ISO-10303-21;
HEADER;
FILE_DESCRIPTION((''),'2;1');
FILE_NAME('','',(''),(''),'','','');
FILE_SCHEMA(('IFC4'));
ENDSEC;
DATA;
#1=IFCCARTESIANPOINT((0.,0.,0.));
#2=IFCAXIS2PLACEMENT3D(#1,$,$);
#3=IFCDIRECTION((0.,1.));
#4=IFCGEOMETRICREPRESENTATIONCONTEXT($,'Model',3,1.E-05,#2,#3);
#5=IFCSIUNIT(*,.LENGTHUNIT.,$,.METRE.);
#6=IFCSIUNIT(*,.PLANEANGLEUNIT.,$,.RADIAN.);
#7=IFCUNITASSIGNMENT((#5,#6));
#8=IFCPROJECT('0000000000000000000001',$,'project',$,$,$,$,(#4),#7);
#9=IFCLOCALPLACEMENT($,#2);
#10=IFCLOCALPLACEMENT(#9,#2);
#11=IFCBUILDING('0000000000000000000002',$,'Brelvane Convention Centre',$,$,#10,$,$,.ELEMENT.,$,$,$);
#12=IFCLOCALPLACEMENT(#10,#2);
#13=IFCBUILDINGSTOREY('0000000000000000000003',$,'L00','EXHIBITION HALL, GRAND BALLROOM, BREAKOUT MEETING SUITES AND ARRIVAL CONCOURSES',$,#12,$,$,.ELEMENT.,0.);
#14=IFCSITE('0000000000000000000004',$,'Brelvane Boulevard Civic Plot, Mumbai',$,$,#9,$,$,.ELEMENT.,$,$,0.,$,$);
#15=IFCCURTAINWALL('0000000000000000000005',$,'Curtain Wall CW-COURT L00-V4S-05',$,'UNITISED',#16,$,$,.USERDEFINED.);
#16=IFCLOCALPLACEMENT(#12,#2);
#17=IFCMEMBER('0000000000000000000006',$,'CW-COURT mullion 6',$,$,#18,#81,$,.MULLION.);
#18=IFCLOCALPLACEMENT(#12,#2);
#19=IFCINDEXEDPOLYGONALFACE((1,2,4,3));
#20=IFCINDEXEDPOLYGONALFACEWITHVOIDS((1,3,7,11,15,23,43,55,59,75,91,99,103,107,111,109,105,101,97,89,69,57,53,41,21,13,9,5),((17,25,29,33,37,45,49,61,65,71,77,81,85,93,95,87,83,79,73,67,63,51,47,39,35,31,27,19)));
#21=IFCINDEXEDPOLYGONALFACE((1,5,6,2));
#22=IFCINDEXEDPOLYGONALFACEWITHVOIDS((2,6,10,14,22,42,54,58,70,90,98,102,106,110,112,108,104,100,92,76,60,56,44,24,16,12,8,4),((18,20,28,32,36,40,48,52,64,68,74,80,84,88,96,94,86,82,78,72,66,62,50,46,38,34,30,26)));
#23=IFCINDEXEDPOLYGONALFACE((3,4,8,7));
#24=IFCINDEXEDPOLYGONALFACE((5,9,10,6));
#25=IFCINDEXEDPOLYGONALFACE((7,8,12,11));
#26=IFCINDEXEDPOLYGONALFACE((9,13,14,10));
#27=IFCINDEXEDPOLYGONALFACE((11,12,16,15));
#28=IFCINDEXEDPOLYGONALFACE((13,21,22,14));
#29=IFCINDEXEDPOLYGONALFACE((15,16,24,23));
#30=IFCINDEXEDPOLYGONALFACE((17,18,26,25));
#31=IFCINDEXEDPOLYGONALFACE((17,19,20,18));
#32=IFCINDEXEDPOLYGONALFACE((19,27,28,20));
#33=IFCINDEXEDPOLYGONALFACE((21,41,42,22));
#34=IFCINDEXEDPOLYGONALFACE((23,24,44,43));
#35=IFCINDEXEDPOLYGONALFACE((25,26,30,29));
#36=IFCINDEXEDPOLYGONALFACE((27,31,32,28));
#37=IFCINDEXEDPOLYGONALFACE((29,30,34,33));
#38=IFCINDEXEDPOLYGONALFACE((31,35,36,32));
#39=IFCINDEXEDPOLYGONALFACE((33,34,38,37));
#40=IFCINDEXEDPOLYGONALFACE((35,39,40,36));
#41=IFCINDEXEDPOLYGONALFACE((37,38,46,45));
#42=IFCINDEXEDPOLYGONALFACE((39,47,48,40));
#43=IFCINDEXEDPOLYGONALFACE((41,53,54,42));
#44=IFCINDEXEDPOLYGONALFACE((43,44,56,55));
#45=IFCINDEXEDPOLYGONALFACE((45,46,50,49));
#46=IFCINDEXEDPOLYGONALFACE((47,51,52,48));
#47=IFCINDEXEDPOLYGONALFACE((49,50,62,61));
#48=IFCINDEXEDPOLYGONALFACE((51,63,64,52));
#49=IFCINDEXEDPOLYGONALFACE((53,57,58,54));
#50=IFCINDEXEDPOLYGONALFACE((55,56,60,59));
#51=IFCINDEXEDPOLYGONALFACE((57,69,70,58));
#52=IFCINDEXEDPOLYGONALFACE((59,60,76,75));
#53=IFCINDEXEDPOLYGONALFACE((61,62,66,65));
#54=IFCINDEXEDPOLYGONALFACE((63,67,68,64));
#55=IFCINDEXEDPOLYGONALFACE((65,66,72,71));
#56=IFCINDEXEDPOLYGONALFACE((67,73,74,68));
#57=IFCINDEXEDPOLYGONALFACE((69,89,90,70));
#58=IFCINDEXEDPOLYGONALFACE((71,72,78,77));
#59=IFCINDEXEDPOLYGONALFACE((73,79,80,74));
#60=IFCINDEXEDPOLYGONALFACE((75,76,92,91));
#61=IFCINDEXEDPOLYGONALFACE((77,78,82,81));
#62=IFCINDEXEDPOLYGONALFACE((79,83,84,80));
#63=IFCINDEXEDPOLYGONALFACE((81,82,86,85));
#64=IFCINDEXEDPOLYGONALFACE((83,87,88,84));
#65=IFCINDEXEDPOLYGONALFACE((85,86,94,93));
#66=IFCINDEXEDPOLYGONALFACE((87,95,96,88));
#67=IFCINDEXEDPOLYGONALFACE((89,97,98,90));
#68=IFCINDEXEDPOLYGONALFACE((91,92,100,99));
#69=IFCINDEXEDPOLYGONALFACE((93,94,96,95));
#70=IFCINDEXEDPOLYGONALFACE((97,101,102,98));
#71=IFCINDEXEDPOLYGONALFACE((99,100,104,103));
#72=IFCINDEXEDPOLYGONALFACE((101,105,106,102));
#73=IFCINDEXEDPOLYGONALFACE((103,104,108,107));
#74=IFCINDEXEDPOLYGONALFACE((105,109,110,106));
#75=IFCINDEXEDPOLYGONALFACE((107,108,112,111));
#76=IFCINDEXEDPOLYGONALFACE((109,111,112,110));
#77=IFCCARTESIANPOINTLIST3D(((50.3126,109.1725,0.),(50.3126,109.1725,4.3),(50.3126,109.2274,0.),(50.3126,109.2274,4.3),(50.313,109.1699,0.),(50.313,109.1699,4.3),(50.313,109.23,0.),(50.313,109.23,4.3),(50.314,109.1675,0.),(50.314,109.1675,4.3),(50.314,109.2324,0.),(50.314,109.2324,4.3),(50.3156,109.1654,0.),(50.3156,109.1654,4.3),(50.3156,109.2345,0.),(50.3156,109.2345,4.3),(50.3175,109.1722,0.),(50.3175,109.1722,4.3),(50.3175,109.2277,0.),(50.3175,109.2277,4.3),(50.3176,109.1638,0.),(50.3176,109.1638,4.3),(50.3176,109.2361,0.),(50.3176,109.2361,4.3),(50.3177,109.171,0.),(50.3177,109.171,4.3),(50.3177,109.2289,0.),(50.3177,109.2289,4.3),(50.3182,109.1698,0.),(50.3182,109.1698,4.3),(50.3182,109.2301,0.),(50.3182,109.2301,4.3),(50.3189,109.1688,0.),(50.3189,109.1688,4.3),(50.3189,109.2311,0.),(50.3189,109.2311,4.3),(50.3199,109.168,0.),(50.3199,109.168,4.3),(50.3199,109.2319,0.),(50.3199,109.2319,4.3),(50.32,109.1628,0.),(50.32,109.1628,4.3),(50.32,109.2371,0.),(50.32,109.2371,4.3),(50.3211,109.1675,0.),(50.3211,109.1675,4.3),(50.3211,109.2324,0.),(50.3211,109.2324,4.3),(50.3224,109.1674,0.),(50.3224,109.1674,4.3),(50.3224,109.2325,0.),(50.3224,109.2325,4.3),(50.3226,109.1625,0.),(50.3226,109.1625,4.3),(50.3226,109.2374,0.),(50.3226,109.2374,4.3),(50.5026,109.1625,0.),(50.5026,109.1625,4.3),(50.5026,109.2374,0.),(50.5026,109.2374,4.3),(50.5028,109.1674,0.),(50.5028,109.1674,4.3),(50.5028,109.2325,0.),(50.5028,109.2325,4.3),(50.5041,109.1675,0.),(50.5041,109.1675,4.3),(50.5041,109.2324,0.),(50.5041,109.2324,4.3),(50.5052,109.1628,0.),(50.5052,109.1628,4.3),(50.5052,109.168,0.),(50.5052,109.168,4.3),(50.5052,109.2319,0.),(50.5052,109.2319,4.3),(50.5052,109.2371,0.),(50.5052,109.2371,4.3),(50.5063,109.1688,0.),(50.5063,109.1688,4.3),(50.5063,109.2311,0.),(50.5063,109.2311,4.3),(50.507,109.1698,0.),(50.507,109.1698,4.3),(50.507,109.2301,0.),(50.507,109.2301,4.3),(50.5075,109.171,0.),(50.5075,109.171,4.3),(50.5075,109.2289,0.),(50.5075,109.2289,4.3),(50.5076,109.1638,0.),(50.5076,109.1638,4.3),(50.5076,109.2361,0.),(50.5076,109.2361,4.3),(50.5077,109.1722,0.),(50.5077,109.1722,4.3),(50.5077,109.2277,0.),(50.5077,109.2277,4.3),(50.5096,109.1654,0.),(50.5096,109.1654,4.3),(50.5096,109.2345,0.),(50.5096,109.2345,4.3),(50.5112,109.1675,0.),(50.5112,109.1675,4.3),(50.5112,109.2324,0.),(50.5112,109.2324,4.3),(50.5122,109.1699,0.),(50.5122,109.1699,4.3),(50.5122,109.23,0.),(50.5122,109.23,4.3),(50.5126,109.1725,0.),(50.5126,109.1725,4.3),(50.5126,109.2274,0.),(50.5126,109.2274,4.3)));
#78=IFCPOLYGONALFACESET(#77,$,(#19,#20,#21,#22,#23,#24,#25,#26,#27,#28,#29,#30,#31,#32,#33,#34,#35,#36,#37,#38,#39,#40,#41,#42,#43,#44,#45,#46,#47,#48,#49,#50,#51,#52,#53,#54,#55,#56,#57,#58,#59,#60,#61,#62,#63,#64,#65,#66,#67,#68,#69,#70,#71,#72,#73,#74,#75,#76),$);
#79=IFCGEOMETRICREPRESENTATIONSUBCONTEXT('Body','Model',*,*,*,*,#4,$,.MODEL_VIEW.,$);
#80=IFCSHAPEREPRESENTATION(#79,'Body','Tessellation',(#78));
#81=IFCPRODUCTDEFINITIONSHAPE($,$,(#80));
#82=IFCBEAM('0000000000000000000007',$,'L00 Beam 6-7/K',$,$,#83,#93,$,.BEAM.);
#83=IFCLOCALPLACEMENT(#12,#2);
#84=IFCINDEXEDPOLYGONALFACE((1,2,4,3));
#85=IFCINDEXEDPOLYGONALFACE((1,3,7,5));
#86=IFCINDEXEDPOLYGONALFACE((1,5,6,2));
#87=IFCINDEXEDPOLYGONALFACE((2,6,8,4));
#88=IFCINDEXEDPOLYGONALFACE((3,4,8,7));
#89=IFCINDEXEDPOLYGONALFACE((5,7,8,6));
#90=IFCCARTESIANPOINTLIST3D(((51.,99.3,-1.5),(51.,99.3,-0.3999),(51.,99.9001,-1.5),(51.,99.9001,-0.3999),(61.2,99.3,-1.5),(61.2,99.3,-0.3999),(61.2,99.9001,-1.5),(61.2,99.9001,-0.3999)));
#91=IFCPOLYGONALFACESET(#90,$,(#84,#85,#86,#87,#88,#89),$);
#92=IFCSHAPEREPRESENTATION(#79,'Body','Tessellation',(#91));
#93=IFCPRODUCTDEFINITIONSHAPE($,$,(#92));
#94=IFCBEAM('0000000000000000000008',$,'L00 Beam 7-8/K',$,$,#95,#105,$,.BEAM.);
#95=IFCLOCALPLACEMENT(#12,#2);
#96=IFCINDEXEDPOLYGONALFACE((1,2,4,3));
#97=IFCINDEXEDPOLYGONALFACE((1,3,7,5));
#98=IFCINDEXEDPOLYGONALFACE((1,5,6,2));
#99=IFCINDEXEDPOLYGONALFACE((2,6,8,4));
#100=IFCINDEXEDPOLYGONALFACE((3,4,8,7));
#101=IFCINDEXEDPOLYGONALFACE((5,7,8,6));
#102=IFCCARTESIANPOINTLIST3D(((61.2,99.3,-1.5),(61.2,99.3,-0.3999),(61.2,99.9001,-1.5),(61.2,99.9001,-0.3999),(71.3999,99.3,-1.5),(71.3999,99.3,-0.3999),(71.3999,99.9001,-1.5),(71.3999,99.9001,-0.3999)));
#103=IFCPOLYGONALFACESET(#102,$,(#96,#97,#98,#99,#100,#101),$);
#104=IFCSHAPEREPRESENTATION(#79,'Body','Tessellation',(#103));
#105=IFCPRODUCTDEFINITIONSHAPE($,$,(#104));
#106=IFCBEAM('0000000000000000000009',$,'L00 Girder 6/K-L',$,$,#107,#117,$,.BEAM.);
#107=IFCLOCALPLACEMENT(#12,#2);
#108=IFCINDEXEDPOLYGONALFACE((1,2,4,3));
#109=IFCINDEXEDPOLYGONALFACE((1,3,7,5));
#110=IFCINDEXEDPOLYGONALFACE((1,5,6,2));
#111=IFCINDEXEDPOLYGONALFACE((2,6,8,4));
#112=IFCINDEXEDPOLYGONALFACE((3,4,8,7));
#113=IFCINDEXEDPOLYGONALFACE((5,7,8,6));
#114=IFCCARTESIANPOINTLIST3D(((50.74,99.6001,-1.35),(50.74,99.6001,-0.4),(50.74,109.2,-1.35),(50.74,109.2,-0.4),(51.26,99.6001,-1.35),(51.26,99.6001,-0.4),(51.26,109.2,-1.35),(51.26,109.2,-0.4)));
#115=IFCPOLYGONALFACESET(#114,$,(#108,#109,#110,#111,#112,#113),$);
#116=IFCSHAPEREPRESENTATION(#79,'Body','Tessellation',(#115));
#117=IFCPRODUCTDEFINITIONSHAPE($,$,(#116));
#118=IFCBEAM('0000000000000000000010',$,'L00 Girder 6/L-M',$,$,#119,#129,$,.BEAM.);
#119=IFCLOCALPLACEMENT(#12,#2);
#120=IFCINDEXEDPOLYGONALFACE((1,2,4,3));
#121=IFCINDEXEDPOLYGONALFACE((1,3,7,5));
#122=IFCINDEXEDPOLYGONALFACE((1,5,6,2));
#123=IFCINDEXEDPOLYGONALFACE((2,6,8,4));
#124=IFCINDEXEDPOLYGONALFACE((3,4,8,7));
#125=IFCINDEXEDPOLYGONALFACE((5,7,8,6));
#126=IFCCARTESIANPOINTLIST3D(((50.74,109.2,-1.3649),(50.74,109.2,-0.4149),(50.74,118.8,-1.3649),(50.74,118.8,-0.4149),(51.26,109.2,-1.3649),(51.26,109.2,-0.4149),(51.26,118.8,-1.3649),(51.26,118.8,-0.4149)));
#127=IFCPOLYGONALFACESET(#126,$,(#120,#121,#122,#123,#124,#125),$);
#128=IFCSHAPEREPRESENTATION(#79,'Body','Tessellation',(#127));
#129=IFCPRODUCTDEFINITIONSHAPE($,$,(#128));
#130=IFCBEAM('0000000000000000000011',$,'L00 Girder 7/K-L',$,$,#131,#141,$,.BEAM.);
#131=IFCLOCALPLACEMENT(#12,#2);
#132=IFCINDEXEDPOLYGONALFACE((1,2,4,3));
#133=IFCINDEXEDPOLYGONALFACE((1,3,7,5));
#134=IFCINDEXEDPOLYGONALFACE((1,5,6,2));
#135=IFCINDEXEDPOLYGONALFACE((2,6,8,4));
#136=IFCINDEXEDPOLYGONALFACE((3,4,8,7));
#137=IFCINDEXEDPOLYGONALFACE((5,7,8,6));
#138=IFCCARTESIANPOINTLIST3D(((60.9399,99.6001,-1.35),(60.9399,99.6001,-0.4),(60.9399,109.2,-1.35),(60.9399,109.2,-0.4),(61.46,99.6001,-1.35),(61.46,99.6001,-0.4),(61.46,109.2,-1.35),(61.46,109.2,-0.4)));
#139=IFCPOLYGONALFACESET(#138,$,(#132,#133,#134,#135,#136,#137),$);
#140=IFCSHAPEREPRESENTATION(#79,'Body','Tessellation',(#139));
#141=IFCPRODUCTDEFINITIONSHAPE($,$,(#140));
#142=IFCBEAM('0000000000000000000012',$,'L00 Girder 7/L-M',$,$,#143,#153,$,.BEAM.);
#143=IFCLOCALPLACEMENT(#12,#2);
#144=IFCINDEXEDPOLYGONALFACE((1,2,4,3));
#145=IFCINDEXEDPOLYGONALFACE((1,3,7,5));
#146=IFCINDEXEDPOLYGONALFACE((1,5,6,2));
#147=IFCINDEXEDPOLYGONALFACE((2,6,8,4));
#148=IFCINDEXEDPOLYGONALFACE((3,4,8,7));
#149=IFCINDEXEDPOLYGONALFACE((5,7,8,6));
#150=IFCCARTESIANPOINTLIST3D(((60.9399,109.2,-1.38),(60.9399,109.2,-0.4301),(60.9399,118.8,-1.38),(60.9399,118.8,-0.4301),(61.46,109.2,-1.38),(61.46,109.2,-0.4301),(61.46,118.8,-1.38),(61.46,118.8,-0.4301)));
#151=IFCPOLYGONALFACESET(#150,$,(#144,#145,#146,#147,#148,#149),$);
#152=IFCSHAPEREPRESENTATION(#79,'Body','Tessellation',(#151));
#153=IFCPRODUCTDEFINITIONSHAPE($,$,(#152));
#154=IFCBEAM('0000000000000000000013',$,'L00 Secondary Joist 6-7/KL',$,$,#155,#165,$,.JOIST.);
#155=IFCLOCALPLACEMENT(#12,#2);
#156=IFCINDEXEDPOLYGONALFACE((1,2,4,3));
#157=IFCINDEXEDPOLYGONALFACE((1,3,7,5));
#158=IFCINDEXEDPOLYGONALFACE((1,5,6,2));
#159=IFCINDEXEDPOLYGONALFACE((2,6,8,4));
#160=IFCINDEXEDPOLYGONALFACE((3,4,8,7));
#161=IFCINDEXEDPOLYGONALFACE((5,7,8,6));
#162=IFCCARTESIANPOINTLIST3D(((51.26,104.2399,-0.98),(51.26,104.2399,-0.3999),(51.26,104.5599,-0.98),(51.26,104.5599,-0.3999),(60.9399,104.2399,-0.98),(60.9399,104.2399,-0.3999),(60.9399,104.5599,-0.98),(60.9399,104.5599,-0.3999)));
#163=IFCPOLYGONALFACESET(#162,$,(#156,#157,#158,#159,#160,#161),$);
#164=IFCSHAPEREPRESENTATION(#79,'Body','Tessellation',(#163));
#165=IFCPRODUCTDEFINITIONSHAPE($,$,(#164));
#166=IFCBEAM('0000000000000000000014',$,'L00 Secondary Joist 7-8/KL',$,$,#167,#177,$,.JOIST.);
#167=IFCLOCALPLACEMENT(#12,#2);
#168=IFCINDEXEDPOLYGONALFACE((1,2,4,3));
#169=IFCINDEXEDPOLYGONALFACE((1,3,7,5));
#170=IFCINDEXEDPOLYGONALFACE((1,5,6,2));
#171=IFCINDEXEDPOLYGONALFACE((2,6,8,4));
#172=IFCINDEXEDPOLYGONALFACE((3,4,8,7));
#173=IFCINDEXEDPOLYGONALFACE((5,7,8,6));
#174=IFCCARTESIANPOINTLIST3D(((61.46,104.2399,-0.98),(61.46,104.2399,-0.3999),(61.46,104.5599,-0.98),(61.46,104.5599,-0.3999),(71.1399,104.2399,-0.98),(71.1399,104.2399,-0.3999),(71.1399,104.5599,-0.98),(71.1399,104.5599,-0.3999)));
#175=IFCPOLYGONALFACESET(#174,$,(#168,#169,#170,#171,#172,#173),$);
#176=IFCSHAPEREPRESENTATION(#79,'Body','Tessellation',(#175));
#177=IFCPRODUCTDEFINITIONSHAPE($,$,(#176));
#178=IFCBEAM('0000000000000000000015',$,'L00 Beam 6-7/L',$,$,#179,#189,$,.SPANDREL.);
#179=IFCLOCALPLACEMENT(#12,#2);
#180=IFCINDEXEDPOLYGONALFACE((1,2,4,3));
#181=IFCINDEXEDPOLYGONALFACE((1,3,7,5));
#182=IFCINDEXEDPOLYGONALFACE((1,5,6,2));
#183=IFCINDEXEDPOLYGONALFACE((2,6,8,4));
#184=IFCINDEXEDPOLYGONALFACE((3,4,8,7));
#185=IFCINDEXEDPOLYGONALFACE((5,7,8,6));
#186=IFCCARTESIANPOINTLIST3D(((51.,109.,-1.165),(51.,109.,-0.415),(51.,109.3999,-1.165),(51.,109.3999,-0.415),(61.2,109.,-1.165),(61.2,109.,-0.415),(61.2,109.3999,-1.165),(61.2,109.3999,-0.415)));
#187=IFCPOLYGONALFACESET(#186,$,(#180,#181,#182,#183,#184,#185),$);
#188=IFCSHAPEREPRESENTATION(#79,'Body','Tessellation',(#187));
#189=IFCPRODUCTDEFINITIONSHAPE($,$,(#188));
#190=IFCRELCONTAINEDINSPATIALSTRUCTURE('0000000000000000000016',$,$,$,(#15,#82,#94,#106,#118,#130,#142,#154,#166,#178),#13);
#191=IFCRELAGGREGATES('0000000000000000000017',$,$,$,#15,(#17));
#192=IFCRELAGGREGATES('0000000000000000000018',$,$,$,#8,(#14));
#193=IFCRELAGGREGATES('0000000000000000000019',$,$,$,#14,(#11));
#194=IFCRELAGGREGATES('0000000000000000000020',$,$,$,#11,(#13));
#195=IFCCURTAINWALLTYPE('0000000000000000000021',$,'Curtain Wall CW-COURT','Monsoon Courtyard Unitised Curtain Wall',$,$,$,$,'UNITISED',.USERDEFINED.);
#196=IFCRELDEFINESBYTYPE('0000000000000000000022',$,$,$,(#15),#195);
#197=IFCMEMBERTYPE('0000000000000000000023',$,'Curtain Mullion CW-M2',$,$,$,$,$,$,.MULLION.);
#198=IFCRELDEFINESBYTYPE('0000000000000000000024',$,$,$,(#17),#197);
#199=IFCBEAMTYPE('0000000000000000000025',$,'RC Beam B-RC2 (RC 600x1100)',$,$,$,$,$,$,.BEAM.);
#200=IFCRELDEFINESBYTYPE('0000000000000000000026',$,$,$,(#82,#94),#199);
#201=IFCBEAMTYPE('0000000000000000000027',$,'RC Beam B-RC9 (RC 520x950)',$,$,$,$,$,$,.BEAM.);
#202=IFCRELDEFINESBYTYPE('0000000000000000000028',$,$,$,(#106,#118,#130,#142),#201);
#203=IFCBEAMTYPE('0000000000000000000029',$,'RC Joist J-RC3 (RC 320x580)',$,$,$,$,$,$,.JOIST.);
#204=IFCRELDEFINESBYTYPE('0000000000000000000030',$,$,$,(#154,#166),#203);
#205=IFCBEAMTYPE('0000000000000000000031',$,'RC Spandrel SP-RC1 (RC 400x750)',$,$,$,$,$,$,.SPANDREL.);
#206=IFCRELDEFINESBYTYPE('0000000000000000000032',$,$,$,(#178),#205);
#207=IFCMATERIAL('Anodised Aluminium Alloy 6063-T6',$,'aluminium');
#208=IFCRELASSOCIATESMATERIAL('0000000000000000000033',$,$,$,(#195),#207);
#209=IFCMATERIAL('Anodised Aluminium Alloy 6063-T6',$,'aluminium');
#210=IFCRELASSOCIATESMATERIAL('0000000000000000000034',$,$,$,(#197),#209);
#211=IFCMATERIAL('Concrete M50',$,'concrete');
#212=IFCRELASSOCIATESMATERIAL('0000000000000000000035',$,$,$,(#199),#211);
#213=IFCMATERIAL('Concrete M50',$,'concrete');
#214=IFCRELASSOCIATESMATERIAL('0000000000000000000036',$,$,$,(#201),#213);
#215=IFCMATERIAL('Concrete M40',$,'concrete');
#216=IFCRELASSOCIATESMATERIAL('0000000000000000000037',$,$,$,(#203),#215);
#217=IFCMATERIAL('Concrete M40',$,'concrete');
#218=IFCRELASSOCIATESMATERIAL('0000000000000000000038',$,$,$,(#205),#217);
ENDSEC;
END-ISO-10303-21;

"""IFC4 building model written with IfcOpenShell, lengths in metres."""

from ifc_helpers import new_model, si_unit, direction, frame, origin, origin_2d, place, context, subcontext, project, spatial, rectangle, hollow_rectangle, extrude, material, material_profile, profile_set, type_object, element, aggregate, save


model = new_model("IFC4")

# Units and contexts
model_context = context("Model", 3, precision=1e-05, world=origin(), true_north=direction((0.0, 1.0)))
body_context = subcontext(model_context, "Body", "Model", "MODEL_VIEW")
ifc_project = project(units=[si_unit("LENGTHUNIT", "METRE"), si_unit("PLANEANGLEUNIT", "RADIAN")], contexts=[model_context])

# Site, building, storey
site_placement = place(None, origin())
site = spatial("IfcSite", under=ifc_project, at=site_placement, Name="Brelvane Boulevard Civic Plot, Mumbai", CompositionType="ELEMENT", RefElevation=0.0)
building_placement = place(site_placement, origin())
building = spatial("IfcBuilding", under=site, at=building_placement, Name="Brelvane Convention Centre", CompositionType="ELEMENT")
storey_placement = place(building_placement, origin())
storey = spatial("IfcBuildingStorey", under=building, at=storey_placement, Name="L00", Description="EXHIBITION HALL, GRAND BALLROOM, BREAKOUT MEETING SUITES AND ARRIVAL CONCOURSES", CompositionType="ELEMENT", Elevation=0.0)

# Curtain wall, member
ifc_material_1 = material(Name="Anodised Aluminium Alloy 6063-T6", Category="aluminium")
curtain_wall_type = type_object("IfcCurtainWallType", Name="Curtain Wall CW-COURT", Description="Monsoon Courtyard Unitised Curtain Wall", ElementType="UNITISED", PredefinedType="USERDEFINED", material=ifc_material_1)
curtain_wall_placement = place(storey_placement, origin())
curtain_wall = element("IfcCurtainWall", 1, at=curtain_wall_placement, inside=storey, type_object=curtain_wall_type, Name="Curtain Wall CW-COURT L00-V4S-05", ObjectType="UNITISED", PredefinedType="USERDEFINED")
ifc_material_2 = material(Name="Anodised Aluminium Alloy 6063-T6", Category="aluminium")
ifc_material_profile_1 = material_profile(ifc_material_2, hollow_rectangle(XDim=0.075, YDim=0.2, WallThickness=0.0049, InnerFilletRadius=0.0049, OuterFilletRadius=0.01, at=origin_2d()), Name="ALU-M 200x75x5.0")
ifc_profile_set_1 = profile_set([ifc_material_profile_1], Name="Anodised Aluminium Alloy 6063-T6")
member_type = type_object("IfcMemberType", Name="Curtain Mullion CW-M2", PredefinedType="MULLION", material=ifc_profile_set_1)
member_placement = place(storey_placement, frame((50.4126, 109.2, 0.0), z_axis=(0.0, 0.0, 1.0), x_axis=(0.0, 1.0, 0.0)))
member = element("IfcMember", 2, at=member_placement, type_object=member_type, Name="CW-COURT mullion 6", PredefinedType="MULLION", context=body_context, shape_type="SweptSolid", body=[
    extrude(hollow_rectangle(XDim=0.075, YDim=0.2, WallThickness=0.0049, InnerFilletRadius=0.0049, OuterFilletRadius=0.01, at=origin_2d()), origin(), (0.0, 0.0, 1.0), 4.3),
])

# Beams
ifc_material_3 = material(Name="Concrete M50", Category="concrete")
ifc_material_profile_2 = material_profile(ifc_material_3, rectangle(XDim=0.6001, YDim=1.1001, at=origin_2d()), Name="RC 600x1100")
ifc_profile_set_2 = profile_set([ifc_material_profile_2], Name="Concrete M50")
beam_type_1 = type_object("IfcBeamType", Name="RC Beam B-RC2 (RC 600x1100)", PredefinedType="BEAM", material=ifc_profile_set_2)
for number, where, z_axis, x_axis, name in (
    (3, (51.0, 99.6001, -0.95), (1.0, 0.0, 0.0), (0.0, 1.0, 0.0), "L00 Beam 6-7/K"),
    (4, (61.2, 99.6001, -0.95), (1.0, 0.0, 0.0), (0.0, 1.0, 0.0), "L00 Beam 7-8/K"),
):
    element("IfcBeam", number, at=place(storey_placement, frame(where, z_axis=z_axis, x_axis=x_axis)), inside=storey, type_object=beam_type_1, Name=name, PredefinedType="BEAM", context=body_context, shape_type="SweptSolid", body=[
        extrude(rectangle(XDim=0.6001, YDim=1.1001, at=origin_2d()), origin(), (0.0, 0.0, 1.0), 10.2),
    ])
ifc_material_4 = material(Name="Concrete M50", Category="concrete")
ifc_material_profile_3 = material_profile(ifc_material_4, rectangle(XDim=0.52, YDim=0.95, at=origin_2d()), Name="RC 520x950")
ifc_profile_set_3 = profile_set([ifc_material_profile_3], Name="Concrete M50")
beam_type_2 = type_object("IfcBeamType", Name="RC Beam B-RC9 (RC 520x950)", PredefinedType="BEAM", material=ifc_profile_set_3)
beam_1_placement = place(storey_placement, frame((51.0, 99.6001, -0.875), z_axis=(0.0, 1.0, 0.0), x_axis=(-1.0, 0.0, 0.0)))
element("IfcBeam", 5, at=beam_1_placement, inside=storey, type_object=beam_type_2, Name="L00 Girder 6/K-L", PredefinedType="BEAM", context=body_context, shape_type="SweptSolid", body=[
    extrude(rectangle(XDim=0.52, YDim=0.95, at=origin_2d()), origin(), (0.0, 0.0, 1.0), 9.5999),
])
beam_2_placement = place(storey_placement, frame((51.0, 109.2, -0.8899), z_axis=(0.0, 1.0, 0.0), x_axis=(-1.0, 0.0, 0.0)))
element("IfcBeam", 6, at=beam_2_placement, inside=storey, type_object=beam_type_2, Name="L00 Girder 6/L-M", PredefinedType="BEAM", context=body_context, shape_type="SweptSolid", body=[
    extrude(rectangle(XDim=0.52, YDim=0.95, at=origin_2d()), origin(), (0.0, 0.0, 1.0), 9.6001),
])
beam_3_placement = place(storey_placement, frame((61.2, 99.6001, -0.875), z_axis=(0.0, 1.0, 0.0), x_axis=(-1.0, 0.0, 0.0)))
element("IfcBeam", 7, at=beam_3_placement, inside=storey, type_object=beam_type_2, Name="L00 Girder 7/K-L", PredefinedType="BEAM", context=body_context, shape_type="SweptSolid", body=[
    extrude(rectangle(XDim=0.52, YDim=0.95, at=origin_2d()), origin(), (0.0, 0.0, 1.0), 9.5999),
])
beam_4_placement = place(storey_placement, frame((61.2, 109.2, -0.905), z_axis=(0.0, 1.0, 0.0), x_axis=(-1.0, 0.0, 0.0)))
element("IfcBeam", 8, at=beam_4_placement, inside=storey, type_object=beam_type_2, Name="L00 Girder 7/L-M", PredefinedType="BEAM", context=body_context, shape_type="SweptSolid", body=[
    extrude(rectangle(XDim=0.52, YDim=0.95, at=origin_2d()), origin(), (0.0, 0.0, 1.0), 9.6001),
])
ifc_material_5 = material(Name="Concrete M40", Category="concrete")
ifc_material_profile_4 = material_profile(ifc_material_5, rectangle(XDim=0.3201, YDim=0.5801, at=origin_2d()), Name="RC 320x580")
ifc_profile_set_4 = profile_set([ifc_material_profile_4], Name="Concrete M40")
beam_type_3 = type_object("IfcBeamType", Name="RC Joist J-RC3 (RC 320x580)", PredefinedType="JOIST", material=ifc_profile_set_4)
for number, where, z_axis, x_axis, name in (
    (9, (51.26, 104.3999, -0.6899), (1.0, 0.0, 0.0), (0.0, 1.0, 0.0), "L00 Secondary Joist 6-7/KL"),
    (10, (61.46, 104.3999, -0.6899), (1.0, 0.0, 0.0), (0.0, 1.0, 0.0), "L00 Secondary Joist 7-8/KL"),
):
    element("IfcBeam", number, at=place(storey_placement, frame(where, z_axis=z_axis, x_axis=x_axis)), inside=storey, type_object=beam_type_3, Name=name, PredefinedType="JOIST", context=body_context, shape_type="SweptSolid", body=[
        extrude(rectangle(XDim=0.3201, YDim=0.5801, at=origin_2d()), origin(), (0.0, 0.0, 1.0), 9.6799),
    ])
ifc_material_6 = material(Name="Concrete M40", Category="concrete")
ifc_material_profile_5 = material_profile(ifc_material_6, rectangle(XDim=0.3999, YDim=0.75, at=origin_2d()), Name="RC 400x750")
ifc_profile_set_5 = profile_set([ifc_material_profile_5], Name="Concrete M40")
beam_type_4 = type_object("IfcBeamType", Name="RC Spandrel SP-RC1 (RC 400x750)", PredefinedType="SPANDREL", material=ifc_profile_set_5)
for number, where, z_axis, x_axis, name in (
    (11, (51.0, 109.2, -0.79), (1.0, 0.0, 0.0), (0.0, 1.0, 0.0), "L00 Beam 6-7/L"),
):
    element("IfcBeam", number, at=place(storey_placement, frame(where, z_axis=z_axis, x_axis=x_axis)), inside=storey, type_object=beam_type_4, Name=name, PredefinedType="SPANDREL", context=body_context, shape_type="SweptSolid", body=[
        extrude(rectangle(XDim=0.3999, YDim=0.75, at=origin_2d()), origin(), (0.0, 0.0, 1.0), 10.2),
    ])

aggregate(curtain_wall, [member])

save(model, "model.ifc")
